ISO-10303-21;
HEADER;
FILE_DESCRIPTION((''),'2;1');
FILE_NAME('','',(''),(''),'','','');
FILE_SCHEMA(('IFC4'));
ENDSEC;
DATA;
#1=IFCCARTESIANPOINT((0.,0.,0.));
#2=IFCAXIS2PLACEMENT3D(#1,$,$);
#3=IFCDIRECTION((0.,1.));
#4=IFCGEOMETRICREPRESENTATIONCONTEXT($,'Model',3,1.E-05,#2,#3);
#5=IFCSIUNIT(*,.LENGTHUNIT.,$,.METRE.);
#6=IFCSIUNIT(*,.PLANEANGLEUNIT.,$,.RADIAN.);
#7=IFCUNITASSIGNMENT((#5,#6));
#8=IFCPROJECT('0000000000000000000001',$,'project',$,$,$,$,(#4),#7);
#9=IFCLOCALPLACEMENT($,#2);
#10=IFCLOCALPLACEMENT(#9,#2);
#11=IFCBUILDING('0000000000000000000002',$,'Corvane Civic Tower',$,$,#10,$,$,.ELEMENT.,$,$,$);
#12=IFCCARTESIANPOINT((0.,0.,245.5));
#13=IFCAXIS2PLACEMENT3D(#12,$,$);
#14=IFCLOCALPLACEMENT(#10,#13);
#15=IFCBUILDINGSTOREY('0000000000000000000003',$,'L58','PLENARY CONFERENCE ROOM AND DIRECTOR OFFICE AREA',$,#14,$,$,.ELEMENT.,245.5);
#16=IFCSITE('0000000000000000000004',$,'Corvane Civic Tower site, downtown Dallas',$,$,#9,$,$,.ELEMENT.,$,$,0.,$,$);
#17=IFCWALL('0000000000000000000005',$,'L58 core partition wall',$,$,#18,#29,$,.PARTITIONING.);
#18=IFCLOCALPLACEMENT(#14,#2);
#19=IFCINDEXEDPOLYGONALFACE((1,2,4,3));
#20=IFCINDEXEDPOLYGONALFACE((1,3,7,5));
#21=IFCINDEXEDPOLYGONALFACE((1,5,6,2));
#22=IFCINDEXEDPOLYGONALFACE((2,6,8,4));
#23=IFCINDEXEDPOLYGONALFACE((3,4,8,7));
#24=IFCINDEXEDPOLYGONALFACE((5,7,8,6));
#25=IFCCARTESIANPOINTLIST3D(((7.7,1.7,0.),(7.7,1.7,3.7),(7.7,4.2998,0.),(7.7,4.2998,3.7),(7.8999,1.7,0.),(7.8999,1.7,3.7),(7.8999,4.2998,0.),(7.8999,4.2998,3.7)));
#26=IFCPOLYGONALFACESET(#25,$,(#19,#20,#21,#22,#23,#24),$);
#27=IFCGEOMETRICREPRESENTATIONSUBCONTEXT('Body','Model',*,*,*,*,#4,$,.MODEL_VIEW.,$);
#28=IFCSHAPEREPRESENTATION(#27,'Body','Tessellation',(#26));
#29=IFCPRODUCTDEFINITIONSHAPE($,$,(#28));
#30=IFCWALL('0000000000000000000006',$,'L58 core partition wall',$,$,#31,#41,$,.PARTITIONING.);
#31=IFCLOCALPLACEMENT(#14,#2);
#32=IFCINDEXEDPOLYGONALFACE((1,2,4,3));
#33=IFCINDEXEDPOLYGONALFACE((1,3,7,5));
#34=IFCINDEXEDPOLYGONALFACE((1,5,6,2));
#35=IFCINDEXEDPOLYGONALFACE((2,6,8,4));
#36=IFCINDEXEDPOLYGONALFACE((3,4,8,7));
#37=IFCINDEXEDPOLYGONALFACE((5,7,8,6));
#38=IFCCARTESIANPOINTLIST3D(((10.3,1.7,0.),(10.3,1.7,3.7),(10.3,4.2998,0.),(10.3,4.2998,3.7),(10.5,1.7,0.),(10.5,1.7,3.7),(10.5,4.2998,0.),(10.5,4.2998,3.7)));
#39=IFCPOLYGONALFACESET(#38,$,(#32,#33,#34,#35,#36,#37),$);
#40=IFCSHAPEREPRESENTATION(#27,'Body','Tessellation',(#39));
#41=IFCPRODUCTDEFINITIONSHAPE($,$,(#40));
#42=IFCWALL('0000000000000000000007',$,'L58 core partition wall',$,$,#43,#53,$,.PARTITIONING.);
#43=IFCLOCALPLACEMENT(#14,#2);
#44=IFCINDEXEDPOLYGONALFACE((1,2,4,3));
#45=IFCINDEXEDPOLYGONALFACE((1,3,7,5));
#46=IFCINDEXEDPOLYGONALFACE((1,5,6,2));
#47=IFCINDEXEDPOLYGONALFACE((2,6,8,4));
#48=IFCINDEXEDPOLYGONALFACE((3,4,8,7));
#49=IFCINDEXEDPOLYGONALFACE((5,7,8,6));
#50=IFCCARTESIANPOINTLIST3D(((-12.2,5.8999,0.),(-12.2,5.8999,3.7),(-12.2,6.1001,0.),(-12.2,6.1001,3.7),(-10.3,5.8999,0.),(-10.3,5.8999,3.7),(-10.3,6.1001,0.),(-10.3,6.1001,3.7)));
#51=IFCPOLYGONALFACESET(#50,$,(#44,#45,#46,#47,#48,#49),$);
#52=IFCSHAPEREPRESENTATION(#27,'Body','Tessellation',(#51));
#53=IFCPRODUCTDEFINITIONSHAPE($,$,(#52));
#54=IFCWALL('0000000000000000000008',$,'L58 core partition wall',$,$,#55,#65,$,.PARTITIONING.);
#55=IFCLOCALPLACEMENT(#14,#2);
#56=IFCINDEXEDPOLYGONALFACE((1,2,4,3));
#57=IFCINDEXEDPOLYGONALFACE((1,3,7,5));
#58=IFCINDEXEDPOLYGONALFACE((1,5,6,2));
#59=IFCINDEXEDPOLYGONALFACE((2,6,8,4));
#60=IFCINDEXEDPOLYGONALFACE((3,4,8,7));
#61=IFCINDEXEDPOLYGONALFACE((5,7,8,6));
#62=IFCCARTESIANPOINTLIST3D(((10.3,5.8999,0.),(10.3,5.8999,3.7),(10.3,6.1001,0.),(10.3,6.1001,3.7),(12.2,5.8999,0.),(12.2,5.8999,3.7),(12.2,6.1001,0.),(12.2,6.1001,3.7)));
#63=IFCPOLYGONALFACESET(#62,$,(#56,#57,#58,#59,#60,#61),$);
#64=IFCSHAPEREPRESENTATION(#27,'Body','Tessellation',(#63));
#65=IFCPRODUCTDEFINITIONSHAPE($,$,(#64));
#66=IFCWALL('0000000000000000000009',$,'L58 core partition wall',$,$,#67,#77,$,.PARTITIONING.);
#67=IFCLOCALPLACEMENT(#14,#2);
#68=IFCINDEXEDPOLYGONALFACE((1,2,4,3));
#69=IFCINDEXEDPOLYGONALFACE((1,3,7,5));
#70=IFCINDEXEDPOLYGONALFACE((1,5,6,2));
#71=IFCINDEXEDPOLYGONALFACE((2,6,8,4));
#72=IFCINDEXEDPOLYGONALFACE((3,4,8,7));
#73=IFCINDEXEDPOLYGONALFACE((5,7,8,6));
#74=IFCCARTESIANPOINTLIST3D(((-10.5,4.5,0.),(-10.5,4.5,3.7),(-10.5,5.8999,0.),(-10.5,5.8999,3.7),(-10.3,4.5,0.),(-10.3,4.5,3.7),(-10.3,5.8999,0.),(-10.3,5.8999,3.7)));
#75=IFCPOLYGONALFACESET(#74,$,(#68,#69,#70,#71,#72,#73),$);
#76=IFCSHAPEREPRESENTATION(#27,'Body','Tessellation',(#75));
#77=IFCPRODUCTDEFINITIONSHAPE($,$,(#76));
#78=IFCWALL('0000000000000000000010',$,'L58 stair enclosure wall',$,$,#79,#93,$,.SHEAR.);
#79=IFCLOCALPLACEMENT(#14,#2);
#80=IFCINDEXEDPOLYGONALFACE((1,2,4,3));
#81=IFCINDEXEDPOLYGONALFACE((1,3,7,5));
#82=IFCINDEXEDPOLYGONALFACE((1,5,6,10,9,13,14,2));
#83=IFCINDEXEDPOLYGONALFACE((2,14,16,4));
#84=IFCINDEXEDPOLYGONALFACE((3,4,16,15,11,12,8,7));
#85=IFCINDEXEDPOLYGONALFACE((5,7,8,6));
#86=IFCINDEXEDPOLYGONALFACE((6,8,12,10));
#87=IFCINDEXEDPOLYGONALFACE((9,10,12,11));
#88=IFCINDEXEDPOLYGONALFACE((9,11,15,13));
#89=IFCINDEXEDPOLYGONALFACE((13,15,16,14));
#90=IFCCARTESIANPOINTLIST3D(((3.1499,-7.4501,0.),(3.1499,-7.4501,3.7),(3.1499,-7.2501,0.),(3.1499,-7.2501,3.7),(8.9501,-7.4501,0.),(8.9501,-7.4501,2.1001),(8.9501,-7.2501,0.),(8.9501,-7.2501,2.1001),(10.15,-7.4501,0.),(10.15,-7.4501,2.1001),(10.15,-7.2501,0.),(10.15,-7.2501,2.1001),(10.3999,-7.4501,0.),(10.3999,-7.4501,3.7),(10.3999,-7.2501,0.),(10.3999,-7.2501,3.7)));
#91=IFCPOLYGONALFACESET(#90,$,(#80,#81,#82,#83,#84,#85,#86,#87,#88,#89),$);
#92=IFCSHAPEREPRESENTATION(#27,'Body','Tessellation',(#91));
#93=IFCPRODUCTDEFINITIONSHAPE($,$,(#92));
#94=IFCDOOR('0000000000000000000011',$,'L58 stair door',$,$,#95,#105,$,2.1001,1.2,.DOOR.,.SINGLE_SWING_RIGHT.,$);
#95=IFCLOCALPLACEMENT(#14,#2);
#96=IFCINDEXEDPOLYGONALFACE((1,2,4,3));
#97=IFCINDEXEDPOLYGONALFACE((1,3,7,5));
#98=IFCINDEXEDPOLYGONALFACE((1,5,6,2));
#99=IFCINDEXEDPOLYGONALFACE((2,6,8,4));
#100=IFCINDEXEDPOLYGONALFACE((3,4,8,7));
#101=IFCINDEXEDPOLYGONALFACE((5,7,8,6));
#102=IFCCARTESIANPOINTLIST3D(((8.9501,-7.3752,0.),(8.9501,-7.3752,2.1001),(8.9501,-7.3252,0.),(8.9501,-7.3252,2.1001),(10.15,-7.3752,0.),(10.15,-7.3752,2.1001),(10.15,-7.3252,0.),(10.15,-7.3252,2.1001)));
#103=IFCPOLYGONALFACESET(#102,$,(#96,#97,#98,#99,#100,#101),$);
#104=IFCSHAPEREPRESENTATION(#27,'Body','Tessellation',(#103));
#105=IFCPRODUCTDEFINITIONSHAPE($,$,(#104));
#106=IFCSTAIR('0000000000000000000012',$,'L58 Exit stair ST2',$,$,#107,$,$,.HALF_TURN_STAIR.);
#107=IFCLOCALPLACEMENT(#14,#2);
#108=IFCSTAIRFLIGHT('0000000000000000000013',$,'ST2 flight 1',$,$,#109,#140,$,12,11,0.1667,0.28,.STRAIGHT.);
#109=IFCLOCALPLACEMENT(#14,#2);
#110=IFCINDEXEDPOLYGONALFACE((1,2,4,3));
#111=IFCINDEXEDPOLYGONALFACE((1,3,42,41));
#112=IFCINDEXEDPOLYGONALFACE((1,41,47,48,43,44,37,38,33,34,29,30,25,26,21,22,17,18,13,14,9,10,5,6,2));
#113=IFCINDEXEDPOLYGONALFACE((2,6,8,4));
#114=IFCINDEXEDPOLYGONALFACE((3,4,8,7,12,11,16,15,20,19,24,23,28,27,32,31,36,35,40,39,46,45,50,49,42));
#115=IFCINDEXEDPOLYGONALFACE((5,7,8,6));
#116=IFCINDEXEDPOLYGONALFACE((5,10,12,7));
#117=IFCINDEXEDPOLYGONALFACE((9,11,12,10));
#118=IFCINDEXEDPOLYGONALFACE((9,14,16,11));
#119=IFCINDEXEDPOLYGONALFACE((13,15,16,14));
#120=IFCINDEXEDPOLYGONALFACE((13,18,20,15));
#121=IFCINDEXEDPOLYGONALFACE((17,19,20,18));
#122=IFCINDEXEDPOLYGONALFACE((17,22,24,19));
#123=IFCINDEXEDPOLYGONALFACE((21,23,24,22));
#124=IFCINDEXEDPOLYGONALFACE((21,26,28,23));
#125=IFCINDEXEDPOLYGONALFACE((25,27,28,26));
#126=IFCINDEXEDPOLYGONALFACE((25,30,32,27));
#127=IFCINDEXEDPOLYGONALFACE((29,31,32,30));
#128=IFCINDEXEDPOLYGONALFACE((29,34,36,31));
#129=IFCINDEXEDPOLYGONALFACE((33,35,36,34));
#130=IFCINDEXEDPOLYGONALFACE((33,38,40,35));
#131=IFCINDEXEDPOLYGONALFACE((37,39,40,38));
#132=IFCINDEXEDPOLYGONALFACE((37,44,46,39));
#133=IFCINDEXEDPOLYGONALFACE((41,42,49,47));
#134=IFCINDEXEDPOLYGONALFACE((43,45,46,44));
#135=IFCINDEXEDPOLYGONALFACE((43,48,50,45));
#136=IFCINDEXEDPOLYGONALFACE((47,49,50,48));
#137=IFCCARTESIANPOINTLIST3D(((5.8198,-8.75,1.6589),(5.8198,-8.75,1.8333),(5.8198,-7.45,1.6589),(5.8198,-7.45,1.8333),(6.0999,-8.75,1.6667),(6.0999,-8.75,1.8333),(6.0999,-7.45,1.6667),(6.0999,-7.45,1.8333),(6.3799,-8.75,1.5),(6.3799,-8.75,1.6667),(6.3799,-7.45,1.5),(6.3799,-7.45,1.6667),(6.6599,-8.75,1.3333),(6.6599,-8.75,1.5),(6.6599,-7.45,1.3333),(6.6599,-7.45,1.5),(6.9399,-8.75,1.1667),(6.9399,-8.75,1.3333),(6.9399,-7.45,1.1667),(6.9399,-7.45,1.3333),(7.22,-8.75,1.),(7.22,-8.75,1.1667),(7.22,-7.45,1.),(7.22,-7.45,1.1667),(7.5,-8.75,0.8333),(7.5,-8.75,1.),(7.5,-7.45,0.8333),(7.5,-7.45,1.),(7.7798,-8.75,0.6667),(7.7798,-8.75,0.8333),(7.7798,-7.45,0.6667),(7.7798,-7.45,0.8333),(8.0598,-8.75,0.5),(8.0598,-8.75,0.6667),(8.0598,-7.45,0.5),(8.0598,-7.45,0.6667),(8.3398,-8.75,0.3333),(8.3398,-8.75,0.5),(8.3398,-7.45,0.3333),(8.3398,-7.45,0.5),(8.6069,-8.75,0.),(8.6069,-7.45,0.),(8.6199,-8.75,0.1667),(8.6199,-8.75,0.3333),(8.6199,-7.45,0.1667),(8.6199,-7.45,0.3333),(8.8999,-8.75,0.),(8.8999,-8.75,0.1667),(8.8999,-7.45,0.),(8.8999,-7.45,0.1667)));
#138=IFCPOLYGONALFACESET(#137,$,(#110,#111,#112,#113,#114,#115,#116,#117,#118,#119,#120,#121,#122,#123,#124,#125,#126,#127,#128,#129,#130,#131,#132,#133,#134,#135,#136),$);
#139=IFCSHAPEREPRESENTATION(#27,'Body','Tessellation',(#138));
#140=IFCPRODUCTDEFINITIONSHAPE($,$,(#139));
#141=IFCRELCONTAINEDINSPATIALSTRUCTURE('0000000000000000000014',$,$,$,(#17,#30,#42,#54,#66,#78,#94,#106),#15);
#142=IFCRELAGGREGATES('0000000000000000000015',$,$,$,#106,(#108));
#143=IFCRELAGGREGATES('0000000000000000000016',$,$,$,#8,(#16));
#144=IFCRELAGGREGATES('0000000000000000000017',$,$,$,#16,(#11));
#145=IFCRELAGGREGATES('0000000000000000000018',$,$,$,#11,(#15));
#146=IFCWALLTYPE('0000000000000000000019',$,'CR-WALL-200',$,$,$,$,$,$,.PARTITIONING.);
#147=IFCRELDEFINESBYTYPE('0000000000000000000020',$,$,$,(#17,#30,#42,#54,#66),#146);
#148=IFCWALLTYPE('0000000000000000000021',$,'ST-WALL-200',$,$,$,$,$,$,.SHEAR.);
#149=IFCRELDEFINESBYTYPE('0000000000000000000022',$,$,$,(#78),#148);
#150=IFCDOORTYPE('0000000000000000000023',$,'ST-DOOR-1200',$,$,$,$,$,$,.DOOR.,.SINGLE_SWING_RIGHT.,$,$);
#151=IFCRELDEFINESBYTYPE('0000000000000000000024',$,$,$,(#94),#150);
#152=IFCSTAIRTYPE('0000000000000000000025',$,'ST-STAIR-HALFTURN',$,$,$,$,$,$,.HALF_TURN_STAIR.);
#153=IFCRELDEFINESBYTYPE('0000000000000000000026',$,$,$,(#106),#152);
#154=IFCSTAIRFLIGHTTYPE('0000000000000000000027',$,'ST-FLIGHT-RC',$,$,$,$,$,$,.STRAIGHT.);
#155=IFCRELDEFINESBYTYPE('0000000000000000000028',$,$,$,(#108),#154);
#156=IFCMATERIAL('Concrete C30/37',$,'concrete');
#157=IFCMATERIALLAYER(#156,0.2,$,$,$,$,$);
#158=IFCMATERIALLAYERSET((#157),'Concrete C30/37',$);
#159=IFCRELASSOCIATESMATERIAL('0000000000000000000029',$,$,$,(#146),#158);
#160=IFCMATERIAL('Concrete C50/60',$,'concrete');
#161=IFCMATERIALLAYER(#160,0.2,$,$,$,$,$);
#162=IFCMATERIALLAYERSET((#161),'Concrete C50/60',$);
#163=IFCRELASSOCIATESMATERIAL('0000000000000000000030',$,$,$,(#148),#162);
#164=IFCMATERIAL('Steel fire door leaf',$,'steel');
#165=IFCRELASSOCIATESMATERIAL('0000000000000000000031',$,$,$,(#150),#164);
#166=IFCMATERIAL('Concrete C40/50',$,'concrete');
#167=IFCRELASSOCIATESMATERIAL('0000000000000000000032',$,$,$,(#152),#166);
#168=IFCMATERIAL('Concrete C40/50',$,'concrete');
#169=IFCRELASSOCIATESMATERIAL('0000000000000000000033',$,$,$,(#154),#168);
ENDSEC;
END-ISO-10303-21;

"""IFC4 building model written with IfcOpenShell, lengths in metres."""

from ifc_helpers import new_model, si_unit, direction, frame, frame_2d, origin, place, context, subcontext, project, spatial, polyline, rectangle, outline, extrude, material, layer, layer_set, type_object, element, fill, aggregate, save


model = new_model("IFC4")

# Units and contexts
model_context = context("Model", 3, precision=1e-05, world=origin(), true_north=direction((0.0, 1.0)))
body_context = subcontext(model_context, "Body", "Model", "MODEL_VIEW")
ifc_project = project(units=[si_unit("LENGTHUNIT", "METRE"), si_unit("PLANEANGLEUNIT", "RADIAN")], contexts=[model_context])

# Site, building, storey
site_placement = place(None, origin())
site = spatial("IfcSite", under=ifc_project, at=site_placement, Name="Corvane Civic Tower site, downtown Dallas", CompositionType="ELEMENT", RefElevation=0.0)
building_placement = place(site_placement, origin())
building = spatial("IfcBuilding", under=site, at=building_placement, Name="Corvane Civic Tower", CompositionType="ELEMENT")
storey_placement = place(building_placement, frame((0.0, 0.0, 245.5)))
storey = spatial("IfcBuildingStorey", under=building, at=storey_placement, Name="L58", Description="PLENARY CONFERENCE ROOM AND DIRECTOR OFFICE AREA", CompositionType="ELEMENT", Elevation=245.5)

# Shared definitions
ifc_material_1 = material(Name="Concrete C30/37", Category="concrete")
ifc_layer_1 = layer(ifc_material_1, 0.2)
ifc_layer_set_1 = layer_set([ifc_layer_1], Name="Concrete C30/37")
wall_type_1 = type_object("IfcWallType", Name="CR-WALL-200", PredefinedType="PARTITIONING", material=ifc_layer_set_1)

# Walls
wall_1_placement = place(storey_placement, origin())
element("IfcWall", 1, at=wall_1_placement, inside=storey, type_object=wall_type_1, Name="L58 core partition wall", PredefinedType="PARTITIONING", context=body_context, shape_type="SweptSolid", body=[
    extrude(outline(polyline([(7.8999, 1.7), (7.7, 1.7), (7.7, 4.2998), (7.8999, 4.2998), (7.8999, 1.7)])), origin(), (0.0, 0.0, 1.0), 3.7),
])
wall_2_placement = place(storey_placement, origin())
element("IfcWall", 2, at=wall_2_placement, inside=storey, type_object=wall_type_1, Name="L58 core partition wall", PredefinedType="PARTITIONING", context=body_context, shape_type="SweptSolid", body=[
    extrude(outline(polyline([(10.5, 1.7), (10.3, 1.7), (10.3, 4.2998), (10.5, 4.2998), (10.5, 1.7)])), origin(), (0.0, 0.0, 1.0), 3.7),
])
wall_3_placement = place(storey_placement, origin())
element("IfcWall", 3, at=wall_3_placement, inside=storey, type_object=wall_type_1, Name="L58 core partition wall", PredefinedType="PARTITIONING", context=body_context, shape_type="SweptSolid", body=[
    extrude(outline(polyline([(-10.3, 5.8999), (-12.2, 5.8999), (-12.2, 6.1001), (-10.3, 6.1001), (-10.3, 5.8999)])), origin(), (0.0, 0.0, 1.0), 3.7),
])
wall_4_placement = place(storey_placement, origin())
element("IfcWall", 4, at=wall_4_placement, inside=storey, type_object=wall_type_1, Name="L58 core partition wall", PredefinedType="PARTITIONING", context=body_context, shape_type="SweptSolid", body=[
    extrude(outline(polyline([(12.2, 5.8999), (10.3, 5.8999), (10.3, 6.1001), (12.2, 6.1001), (12.2, 5.8999)])), origin(), (0.0, 0.0, 1.0), 3.7),
])
wall_5_placement = place(storey_placement, origin())
element("IfcWall", 5, at=wall_5_placement, inside=storey, type_object=wall_type_1, Name="L58 core partition wall", PredefinedType="PARTITIONING", context=body_context, shape_type="SweptSolid", body=[
    extrude(outline(polyline([(-10.3, 4.5), (-10.5, 4.5), (-10.5, 5.8999), (-10.3, 5.8999), (-10.3, 4.5)])), origin(), (0.0, 0.0, 1.0), 3.7),
])

# Wall, opening, door
ifc_material_2 = material(Name="Concrete C50/60", Category="concrete")
ifc_layer_2 = layer(ifc_material_2, 0.2)
ifc_layer_set_2 = layer_set([ifc_layer_2], Name="Concrete C50/60")
wall_type_2 = type_object("IfcWallType", Name="ST-WALL-200", PredefinedType="SHEAR", material=ifc_layer_set_2)
wall_6_placement = place(storey_placement, frame((3.1499, -7.3501, 0.0), z_axis=(0.0, 0.0, 1.0), x_axis=(1.0, 0.0, 0.0)))
wall_6 = element("IfcWall", 6, at=wall_6_placement, inside=storey, type_object=wall_type_2, Name="L58 stair enclosure wall", PredefinedType="SHEAR", context=body_context, shape_type="SweptSolid", body=[
    extrude(rectangle(XDim=7.25, YDim=0.2, at=frame_2d((3.625, 0.0))), origin(), (0.0, 0.0, 1.0), 3.7),
])
opening_1_placement = place(wall_6_placement, frame((5.8, 0.0, 0.0)))
opening_1 = element("IfcOpeningElement", 7, at=opening_1_placement, cuts=wall_6, PredefinedType="OPENING", context=body_context, shape_type="SweptSolid", body=[
    extrude(rectangle(XDim=1.2, YDim=2.1001, at=frame_2d((0.6001, 1.05))), frame((0.0, 0.1099, 0.0), z_axis=(0.0, -1.0, 0.0), x_axis=(1.0, 0.0, 0.0)), (0.0, 0.0, 1.0), 0.22),
])
ifc_material_3 = material(Name="Steel fire door leaf", Category="steel")
door_type_1 = type_object("IfcDoorType", Name="ST-DOOR-1200", OperationType="SINGLE_SWING_RIGHT", PredefinedType="DOOR", material=ifc_material_3)
door_1_placement = place(opening_1_placement, origin())
door_1 = element("IfcDoor", 8, at=door_1_placement, inside=storey, type_object=door_type_1, Name="L58 stair door", OperationType="SINGLE_SWING_RIGHT", OverallHeight=2.1001, OverallWidth=1.2, PredefinedType="DOOR", context=body_context, shape_type="SweptSolid", body=[
    extrude(rectangle(XDim=1.2, YDim=2.1001, at=frame_2d((0.6001, 1.05))), frame((0.0, 0.0249, 0.0), z_axis=(0.0, -1.0, 0.0), x_axis=(1.0, 0.0, 0.0)), (0.0, 0.0, 1.0), 0.05),
])
fill(opening_1, door_1)

# Stair, stair flight
ifc_material_4 = material(Name="Concrete C40/50", Category="concrete")
stair_type = type_object("IfcStairType", Name="ST-STAIR-HALFTURN", PredefinedType="HALF_TURN_STAIR", material=ifc_material_4)
stair_placement = place(storey_placement, origin())
stair = element("IfcStair", 9, at=stair_placement, inside=storey, type_object=stair_type, Name="L58 Exit stair ST2", PredefinedType="HALF_TURN_STAIR")
ifc_material_5 = material(Name="Concrete C40/50", Category="concrete")
stair_flight_type = type_object("IfcStairFlightType", Name="ST-FLIGHT-RC", PredefinedType="STRAIGHT", material=ifc_material_5)
stair_flight_placement = place(storey_placement, frame((8.8999, -8.1001, 0.0), z_axis=(0.0, 0.0, 1.0), x_axis=(-1.0, 0.0, 0.0)))
stair_flight = element("IfcStairFlight", 10, at=stair_flight_placement, type_object=stair_flight_type, Name="ST2 flight 1", NumberOfRisers=12, NumberOfTreads=11, PredefinedType="STRAIGHT", RiserHeight=0.1667, TreadLength=0.28, context=body_context, shape_type="SweptSolid", body=[
    extrude(outline(polyline([(0.0, 0.0), (0.0, 0.1667), (0.28, 0.1667), (0.28, 0.3333), (0.5601, 0.3333), (0.5601, 0.5), (0.8401, 0.5), (0.8401, 0.6667), (1.1201, 0.6667), (1.1201, 0.8333), (1.3999, 0.8333), (1.3999, 1.0), (1.6799, 1.0), (1.6799, 1.1667), (1.96, 1.1667), (1.96, 1.3333), (2.24, 1.3333), (2.24, 1.5), (2.52, 1.5), (2.52, 1.6667), (2.8, 1.6667), (2.8, 1.8333), (3.0801, 1.8333), (3.0801, 2.0), (3.0801, 1.6589), (0.293, 0.0), (0.0, 0.0)])), frame((0.0, 0.6499, 0.0), z_axis=(0.0, -1.0, 0.0), x_axis=(1.0, 0.0, 0.0)), (0.0, 0.0, 1.0), 1.3),
])
aggregate(stair, [stair_flight])

save(model, "model.ifc")
